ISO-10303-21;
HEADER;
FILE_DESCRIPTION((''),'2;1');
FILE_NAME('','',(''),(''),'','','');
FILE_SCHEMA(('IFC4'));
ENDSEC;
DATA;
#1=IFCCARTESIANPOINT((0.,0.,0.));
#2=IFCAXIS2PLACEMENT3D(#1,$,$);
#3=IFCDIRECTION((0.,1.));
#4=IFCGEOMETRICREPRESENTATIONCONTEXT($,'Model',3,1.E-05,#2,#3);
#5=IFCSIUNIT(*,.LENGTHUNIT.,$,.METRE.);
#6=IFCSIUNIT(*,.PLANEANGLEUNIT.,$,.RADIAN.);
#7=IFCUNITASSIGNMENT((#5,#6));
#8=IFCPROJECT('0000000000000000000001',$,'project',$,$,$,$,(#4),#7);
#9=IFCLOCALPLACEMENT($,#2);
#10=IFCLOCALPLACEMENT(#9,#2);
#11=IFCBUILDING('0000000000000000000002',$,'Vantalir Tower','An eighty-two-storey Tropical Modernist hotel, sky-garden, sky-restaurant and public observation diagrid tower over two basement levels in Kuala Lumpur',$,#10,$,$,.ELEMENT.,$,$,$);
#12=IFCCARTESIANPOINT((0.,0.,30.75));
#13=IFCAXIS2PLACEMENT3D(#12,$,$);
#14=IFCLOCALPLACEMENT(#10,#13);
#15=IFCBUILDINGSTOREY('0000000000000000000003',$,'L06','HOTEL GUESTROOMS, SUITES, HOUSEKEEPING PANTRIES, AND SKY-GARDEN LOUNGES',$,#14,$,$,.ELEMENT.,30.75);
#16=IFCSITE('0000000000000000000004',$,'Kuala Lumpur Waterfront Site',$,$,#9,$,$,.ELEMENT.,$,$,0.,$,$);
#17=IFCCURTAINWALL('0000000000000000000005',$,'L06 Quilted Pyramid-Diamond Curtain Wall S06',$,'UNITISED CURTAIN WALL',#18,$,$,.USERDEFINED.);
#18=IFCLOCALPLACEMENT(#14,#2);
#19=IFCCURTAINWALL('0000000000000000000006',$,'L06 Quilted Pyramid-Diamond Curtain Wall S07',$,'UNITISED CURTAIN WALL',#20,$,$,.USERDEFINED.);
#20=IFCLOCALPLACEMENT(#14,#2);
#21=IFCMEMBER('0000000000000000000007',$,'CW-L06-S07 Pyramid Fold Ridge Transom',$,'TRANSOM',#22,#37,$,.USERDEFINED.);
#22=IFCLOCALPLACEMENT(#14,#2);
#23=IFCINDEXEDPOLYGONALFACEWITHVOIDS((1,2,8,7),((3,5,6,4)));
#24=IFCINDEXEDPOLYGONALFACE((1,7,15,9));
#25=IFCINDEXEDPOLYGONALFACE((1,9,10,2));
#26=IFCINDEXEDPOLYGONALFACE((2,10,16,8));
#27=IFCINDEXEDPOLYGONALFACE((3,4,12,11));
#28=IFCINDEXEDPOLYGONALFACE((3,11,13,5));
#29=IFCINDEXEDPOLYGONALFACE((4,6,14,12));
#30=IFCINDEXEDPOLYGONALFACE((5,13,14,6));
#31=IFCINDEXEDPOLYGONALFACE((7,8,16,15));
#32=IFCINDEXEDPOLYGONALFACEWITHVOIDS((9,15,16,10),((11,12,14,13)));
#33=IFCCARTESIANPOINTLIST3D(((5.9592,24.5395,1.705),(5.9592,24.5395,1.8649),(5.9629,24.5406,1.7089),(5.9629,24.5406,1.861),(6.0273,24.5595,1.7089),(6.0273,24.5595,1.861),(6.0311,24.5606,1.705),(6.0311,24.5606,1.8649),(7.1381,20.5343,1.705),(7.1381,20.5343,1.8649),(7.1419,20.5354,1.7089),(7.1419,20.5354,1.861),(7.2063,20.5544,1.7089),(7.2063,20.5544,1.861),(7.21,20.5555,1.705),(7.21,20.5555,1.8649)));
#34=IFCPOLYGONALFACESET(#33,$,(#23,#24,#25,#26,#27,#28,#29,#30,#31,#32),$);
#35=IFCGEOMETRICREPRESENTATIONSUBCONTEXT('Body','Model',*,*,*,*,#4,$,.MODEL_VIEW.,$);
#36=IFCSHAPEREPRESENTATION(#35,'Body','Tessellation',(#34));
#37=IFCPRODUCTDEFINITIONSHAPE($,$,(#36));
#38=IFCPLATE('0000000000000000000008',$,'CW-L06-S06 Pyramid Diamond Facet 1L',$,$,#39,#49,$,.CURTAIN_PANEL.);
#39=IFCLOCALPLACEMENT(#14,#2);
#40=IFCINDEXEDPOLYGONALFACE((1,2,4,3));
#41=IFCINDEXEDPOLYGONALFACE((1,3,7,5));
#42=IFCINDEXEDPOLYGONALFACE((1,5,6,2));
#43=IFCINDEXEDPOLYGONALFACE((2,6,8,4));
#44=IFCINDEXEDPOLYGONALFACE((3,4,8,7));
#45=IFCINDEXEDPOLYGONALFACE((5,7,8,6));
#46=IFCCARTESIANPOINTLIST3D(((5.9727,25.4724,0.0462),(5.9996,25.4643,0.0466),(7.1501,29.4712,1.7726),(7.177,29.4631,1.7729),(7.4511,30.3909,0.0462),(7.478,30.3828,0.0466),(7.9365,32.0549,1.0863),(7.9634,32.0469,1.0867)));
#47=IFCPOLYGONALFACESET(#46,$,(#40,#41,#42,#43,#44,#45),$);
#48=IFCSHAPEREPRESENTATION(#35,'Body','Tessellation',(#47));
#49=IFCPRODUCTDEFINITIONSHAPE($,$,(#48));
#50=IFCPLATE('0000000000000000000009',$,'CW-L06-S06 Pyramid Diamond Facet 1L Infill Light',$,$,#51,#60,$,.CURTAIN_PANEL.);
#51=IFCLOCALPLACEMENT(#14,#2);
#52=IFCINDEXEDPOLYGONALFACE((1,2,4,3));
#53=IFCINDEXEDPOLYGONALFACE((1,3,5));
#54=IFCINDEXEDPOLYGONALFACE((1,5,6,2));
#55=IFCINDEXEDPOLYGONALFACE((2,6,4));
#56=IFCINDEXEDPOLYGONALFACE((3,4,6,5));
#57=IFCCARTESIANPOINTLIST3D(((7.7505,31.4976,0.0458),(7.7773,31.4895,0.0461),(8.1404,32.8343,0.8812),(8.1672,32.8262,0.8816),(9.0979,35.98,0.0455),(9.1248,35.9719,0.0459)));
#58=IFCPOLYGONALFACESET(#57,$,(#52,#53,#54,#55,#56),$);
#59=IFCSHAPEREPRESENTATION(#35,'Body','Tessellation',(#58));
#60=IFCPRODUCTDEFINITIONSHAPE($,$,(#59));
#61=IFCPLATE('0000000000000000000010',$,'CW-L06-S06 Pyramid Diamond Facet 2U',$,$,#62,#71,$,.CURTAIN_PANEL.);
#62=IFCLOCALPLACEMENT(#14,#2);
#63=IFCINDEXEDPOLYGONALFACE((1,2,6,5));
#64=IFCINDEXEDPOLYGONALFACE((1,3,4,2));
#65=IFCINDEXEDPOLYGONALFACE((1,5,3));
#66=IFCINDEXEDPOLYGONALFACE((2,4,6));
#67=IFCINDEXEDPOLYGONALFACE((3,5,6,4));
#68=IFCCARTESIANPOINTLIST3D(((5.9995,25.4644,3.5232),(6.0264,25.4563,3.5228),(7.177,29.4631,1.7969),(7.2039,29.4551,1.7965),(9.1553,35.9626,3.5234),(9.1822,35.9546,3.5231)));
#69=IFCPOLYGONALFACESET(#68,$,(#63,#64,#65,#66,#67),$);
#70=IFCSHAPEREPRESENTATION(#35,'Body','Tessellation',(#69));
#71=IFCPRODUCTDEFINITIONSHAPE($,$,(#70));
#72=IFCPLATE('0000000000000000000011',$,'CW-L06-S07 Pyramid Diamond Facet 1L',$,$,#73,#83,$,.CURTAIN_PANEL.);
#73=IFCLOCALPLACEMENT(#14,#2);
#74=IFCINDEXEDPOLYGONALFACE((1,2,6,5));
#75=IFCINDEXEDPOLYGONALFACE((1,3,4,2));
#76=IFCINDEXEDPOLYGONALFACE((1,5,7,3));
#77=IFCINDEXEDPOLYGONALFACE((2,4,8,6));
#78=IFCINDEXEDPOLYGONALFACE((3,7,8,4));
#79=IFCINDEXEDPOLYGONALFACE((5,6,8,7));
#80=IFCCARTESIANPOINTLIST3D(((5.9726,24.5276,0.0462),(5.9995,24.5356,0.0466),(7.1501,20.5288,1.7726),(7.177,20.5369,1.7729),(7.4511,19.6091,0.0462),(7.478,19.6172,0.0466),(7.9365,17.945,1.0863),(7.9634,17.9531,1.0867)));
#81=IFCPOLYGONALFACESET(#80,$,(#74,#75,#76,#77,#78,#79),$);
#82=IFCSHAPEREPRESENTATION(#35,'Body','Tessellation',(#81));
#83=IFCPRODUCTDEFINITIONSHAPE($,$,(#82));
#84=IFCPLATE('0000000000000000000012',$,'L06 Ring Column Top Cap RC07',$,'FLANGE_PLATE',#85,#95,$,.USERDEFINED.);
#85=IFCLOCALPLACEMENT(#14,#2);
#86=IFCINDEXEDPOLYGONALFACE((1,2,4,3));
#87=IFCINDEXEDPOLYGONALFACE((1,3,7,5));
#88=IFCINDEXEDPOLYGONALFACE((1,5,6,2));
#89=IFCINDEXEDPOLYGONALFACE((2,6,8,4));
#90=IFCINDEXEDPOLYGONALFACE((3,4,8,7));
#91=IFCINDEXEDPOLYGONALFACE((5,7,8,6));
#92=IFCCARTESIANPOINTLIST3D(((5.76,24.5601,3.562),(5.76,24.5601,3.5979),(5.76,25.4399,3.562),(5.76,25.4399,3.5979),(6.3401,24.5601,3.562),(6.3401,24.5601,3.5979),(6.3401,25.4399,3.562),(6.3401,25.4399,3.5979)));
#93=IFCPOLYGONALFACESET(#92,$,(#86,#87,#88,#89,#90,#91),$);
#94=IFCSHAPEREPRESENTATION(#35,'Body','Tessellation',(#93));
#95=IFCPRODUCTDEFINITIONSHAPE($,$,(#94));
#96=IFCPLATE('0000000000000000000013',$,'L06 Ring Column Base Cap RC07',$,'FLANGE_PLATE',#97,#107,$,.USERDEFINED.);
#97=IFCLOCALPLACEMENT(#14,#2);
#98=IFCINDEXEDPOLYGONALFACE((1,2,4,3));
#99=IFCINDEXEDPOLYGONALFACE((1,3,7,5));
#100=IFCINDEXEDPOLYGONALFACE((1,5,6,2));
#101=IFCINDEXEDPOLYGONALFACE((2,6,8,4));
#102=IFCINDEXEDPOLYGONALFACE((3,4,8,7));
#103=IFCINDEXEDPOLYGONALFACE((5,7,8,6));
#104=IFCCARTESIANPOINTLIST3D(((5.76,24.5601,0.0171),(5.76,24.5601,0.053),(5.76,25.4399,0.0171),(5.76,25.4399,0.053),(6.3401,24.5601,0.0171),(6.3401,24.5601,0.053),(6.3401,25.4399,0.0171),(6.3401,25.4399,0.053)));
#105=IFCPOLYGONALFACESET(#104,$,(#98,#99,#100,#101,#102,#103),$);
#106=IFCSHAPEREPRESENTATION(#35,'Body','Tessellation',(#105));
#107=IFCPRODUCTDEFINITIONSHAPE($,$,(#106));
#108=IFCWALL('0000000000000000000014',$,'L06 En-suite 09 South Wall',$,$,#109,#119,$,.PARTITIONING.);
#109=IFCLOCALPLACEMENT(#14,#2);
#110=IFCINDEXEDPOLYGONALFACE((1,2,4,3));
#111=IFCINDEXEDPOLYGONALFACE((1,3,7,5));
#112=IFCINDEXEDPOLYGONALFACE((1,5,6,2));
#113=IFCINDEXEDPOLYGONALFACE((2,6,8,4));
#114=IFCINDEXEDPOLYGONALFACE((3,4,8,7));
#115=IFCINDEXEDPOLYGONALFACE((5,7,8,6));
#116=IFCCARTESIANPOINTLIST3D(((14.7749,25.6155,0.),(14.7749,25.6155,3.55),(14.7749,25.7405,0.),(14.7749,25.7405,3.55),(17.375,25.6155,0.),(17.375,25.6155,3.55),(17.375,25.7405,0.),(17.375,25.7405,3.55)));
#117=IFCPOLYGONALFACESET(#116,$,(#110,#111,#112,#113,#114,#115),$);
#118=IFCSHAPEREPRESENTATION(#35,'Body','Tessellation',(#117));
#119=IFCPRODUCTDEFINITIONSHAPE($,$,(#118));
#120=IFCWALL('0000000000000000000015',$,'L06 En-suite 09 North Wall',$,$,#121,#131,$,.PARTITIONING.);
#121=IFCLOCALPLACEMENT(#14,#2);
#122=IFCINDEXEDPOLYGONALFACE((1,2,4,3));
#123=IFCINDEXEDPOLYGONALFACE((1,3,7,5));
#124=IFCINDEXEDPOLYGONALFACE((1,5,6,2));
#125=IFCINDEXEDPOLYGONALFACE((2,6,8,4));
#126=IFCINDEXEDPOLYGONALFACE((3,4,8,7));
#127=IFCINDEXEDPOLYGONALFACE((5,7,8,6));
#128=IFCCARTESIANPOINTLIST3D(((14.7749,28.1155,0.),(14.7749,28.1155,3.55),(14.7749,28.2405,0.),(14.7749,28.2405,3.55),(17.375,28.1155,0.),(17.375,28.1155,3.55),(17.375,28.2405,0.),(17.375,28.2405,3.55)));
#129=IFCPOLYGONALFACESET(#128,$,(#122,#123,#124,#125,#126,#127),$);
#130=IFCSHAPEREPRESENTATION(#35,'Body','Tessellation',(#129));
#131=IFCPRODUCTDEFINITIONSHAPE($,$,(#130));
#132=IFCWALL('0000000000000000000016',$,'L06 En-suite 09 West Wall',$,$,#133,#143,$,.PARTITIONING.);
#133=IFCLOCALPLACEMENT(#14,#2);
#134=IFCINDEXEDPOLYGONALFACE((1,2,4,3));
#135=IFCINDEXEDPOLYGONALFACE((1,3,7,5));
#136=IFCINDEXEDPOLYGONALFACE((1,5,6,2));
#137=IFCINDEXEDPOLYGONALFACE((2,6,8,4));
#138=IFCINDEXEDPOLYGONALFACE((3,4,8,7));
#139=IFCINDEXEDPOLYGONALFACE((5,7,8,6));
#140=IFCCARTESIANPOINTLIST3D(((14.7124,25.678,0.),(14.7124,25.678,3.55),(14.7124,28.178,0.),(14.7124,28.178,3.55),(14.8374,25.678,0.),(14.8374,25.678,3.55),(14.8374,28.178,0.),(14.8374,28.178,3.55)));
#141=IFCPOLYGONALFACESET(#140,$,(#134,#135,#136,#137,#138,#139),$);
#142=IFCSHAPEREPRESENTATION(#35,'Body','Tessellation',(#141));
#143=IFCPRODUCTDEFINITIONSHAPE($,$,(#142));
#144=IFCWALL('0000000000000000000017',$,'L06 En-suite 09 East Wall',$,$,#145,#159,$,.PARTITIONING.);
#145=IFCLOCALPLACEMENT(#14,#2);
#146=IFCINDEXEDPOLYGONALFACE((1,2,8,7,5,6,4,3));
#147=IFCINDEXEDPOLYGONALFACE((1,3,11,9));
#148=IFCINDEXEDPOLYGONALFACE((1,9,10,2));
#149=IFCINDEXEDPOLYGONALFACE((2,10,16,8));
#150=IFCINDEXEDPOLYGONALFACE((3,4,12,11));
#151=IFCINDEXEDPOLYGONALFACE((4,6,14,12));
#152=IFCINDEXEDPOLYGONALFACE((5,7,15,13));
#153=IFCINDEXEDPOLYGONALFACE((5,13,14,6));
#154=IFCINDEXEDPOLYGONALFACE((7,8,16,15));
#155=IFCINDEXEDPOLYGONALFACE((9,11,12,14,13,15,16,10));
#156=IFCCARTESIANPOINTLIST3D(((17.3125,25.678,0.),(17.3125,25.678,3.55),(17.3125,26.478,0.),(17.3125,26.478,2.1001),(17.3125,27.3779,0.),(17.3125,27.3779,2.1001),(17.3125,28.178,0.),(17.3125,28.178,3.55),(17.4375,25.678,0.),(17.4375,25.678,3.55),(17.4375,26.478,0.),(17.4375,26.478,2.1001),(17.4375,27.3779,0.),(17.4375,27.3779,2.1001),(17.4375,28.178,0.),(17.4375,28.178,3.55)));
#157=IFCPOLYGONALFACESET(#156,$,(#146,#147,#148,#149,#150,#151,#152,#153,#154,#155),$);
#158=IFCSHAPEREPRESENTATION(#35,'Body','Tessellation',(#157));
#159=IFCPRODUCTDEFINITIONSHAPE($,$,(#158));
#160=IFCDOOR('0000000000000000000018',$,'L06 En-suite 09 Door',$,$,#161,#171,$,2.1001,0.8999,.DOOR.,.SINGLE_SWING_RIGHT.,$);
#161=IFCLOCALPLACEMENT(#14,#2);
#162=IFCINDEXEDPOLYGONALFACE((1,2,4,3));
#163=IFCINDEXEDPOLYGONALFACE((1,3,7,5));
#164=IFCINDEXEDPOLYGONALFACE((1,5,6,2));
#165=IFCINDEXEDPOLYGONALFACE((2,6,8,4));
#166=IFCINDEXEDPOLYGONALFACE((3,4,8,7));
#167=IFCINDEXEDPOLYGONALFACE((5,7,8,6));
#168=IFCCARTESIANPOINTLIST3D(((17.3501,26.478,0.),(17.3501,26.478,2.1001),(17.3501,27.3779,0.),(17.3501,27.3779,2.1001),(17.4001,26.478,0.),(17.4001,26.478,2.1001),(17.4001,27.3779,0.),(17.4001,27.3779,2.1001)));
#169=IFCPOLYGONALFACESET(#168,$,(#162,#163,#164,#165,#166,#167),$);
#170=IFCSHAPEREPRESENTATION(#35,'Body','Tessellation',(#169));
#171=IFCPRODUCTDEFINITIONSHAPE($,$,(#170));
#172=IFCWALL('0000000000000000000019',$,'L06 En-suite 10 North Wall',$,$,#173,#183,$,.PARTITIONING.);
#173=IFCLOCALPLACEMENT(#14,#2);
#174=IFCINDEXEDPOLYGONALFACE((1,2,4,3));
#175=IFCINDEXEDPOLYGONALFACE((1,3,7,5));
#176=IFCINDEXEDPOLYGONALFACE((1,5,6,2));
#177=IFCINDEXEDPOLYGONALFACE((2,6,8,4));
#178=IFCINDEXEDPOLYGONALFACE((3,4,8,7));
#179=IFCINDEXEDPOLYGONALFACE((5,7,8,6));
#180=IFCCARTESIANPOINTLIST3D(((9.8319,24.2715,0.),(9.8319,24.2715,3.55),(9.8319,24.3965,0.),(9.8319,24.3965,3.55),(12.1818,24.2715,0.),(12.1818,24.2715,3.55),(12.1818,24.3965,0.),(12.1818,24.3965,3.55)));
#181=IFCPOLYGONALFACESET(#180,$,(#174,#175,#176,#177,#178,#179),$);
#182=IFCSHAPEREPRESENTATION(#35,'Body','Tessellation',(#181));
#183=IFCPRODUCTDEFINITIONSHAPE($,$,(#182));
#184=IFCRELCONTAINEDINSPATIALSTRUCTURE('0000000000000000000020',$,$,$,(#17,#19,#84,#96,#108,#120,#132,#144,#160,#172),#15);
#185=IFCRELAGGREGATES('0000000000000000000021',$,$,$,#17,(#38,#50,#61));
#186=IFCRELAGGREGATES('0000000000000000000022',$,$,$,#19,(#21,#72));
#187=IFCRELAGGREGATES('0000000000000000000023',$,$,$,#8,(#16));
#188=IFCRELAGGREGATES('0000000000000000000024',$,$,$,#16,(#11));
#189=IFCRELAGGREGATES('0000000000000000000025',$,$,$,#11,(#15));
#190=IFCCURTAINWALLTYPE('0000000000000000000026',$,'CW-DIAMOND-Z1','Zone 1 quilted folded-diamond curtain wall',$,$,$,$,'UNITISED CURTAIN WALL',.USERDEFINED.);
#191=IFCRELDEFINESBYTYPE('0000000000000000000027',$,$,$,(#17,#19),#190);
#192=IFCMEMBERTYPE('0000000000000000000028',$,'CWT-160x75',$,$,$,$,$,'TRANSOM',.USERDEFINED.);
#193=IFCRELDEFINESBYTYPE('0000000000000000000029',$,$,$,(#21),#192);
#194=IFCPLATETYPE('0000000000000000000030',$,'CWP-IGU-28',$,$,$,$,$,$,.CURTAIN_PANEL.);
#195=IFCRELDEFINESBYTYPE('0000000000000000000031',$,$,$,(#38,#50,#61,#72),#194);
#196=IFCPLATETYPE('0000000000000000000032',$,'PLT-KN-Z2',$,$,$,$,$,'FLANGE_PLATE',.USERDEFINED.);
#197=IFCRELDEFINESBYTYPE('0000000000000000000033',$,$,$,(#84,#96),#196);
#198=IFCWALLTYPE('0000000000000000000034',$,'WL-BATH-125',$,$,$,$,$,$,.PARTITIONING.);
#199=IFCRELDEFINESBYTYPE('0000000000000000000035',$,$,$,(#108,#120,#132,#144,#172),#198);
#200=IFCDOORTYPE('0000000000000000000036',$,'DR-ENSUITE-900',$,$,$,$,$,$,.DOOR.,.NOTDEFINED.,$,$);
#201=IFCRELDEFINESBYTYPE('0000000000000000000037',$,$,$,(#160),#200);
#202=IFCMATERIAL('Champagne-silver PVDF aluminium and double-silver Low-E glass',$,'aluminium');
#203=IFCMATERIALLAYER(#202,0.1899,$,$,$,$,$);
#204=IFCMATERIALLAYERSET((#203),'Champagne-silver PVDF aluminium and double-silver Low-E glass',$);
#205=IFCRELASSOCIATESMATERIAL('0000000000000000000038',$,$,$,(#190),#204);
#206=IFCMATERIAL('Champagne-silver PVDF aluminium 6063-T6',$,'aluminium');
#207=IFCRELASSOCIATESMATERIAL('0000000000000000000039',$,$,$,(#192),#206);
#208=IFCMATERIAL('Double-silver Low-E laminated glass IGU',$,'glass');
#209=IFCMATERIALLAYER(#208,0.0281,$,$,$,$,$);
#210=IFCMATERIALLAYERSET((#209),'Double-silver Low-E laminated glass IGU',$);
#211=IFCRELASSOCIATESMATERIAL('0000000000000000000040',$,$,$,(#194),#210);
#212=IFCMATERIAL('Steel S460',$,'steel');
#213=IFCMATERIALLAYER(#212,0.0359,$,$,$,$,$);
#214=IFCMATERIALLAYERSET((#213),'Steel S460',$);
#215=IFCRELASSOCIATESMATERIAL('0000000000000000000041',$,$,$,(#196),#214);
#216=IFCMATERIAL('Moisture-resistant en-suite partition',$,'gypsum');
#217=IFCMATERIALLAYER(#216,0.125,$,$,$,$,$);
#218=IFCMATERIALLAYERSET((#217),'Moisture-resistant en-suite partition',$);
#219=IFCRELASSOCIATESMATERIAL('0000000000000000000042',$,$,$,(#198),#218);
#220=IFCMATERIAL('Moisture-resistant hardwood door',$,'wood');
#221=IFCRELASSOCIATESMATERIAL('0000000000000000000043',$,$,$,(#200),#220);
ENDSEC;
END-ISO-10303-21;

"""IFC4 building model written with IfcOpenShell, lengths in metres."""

from ifc_helpers import new_model, si_unit, direction, frame, frame_2d, origin, origin_2d, place, context, subcontext, project, spatial, polyline, rectangle, hollow_rectangle, outline, extrude, material, layer, layer_set, material_profile, profile_set, type_object, element, fill, aggregate, save


model = new_model("IFC4")

# Units and contexts
model_context = context("Model", 3, precision=1e-05, world=origin(), true_north=direction((0.0, 1.0)))
body_context = subcontext(model_context, "Body", "Model", "MODEL_VIEW")
ifc_project = project(units=[si_unit("LENGTHUNIT", "METRE"), si_unit("PLANEANGLEUNIT", "RADIAN")], contexts=[model_context])

# Site, building, storey
site_placement = place(None, origin())
site = spatial("IfcSite", under=ifc_project, at=site_placement, Name="Kuala Lumpur Waterfront Site", CompositionType="ELEMENT", RefElevation=0.0)
building_placement = place(site_placement, origin())
building = spatial("IfcBuilding", under=site, at=building_placement, Name="Vantalir Tower", Description="An eighty-two-storey Tropical Modernist hotel, sky-garden, sky-restaurant and public observation diagrid tower over two basement levels in Kuala Lumpur", CompositionType="ELEMENT")
storey_placement = place(building_placement, frame((0.0, 0.0, 30.75)))
storey = spatial("IfcBuildingStorey", under=building, at=storey_placement, Name="L06", Description="HOTEL GUESTROOMS, SUITES, HOUSEKEEPING PANTRIES, AND SKY-GARDEN LOUNGES", CompositionType="ELEMENT", Elevation=30.75)

# Shared definitions
ifc_material_1 = material(Name="Steel S460", Category="steel")

# Curtain wall
ifc_material_2 = material(Name="Champagne-silver PVDF aluminium and double-silver Low-E glass", Category="aluminium")
ifc_layer_1 = layer(ifc_material_2, 0.1899)
ifc_layer_set_1 = layer_set([ifc_layer_1], Name="Champagne-silver PVDF aluminium and double-silver Low-E glass")
curtain_wall_type = type_object("IfcCurtainWallType", Name="CW-DIAMOND-Z1", Description="Zone 1 quilted folded-diamond curtain wall", ElementType="UNITISED CURTAIN WALL", PredefinedType="USERDEFINED", material=ifc_layer_set_1)
curtain_wall_1_placement = place(storey_placement, origin())
curtain_wall_1 = element("IfcCurtainWall", 1, at=curtain_wall_1_placement, inside=storey, type_object=curtain_wall_type, Name="L06 Quilted Pyramid-Diamond Curtain Wall S06", ObjectType="UNITISED CURTAIN WALL", PredefinedType="USERDEFINED")
ifc_material_3 = material(Name="Champagne-silver PVDF aluminium 6063-T6", Category="aluminium")

# Curtain wall, member
curtain_wall_2_placement = place(storey_placement, origin())
curtain_wall_2 = element("IfcCurtainWall", 2, at=curtain_wall_2_placement, inside=storey, type_object=curtain_wall_type, Name="L06 Quilted Pyramid-Diamond Curtain Wall S07", ObjectType="UNITISED CURTAIN WALL", PredefinedType="USERDEFINED")
ifc_material_profile_1 = material_profile(ifc_material_3, hollow_rectangle(XDim=0.075, YDim=0.1599, WallThickness=0.0039, at=origin_2d()), Name="Champagne-silver PVDF aluminium 6063-T6")
ifc_profile_set_1 = profile_set([ifc_material_profile_1], Name="Champagne-silver PVDF aluminium 6063-T6")
member_type_1 = type_object("IfcMemberType", Name="CWT-160x75", ElementType="TRANSOM", PredefinedType="USERDEFINED", material=ifc_profile_set_1)
member_1_placement = place(storey_placement, frame((5.9951, 24.55, 1.7849), z_axis=(0.282382, -0.959302, 0.0), x_axis=(0.959302, 0.282382, 0.0)))
member_1 = element("IfcMember", 3, at=member_1_placement, type_object=member_type_1, Name="CW-L06-S07 Pyramid Fold Ridge Transom", ObjectType="TRANSOM", PredefinedType="USERDEFINED", context=body_context, shape_type="SweptSolid", body=[
    extrude(hollow_rectangle(XDim=0.075, YDim=0.1599, WallThickness=0.0039, at=origin_2d()), origin(), (0.0, 0.0, 1.0), 4.175),
])

# Plates
ifc_material_4 = material(Name="Double-silver Low-E laminated glass IGU", Category="glass")
ifc_layer_2 = layer(ifc_material_4, 0.0281)
ifc_layer_set_2 = layer_set([ifc_layer_2], Name="Double-silver Low-E laminated glass IGU")
plate_type_1 = type_object("IfcPlateType", Name="CWP-IGU-28", PredefinedType="CURTAIN_PANEL", material=ifc_layer_set_2)
plate_1_placement = place(storey_placement, frame((7.478, 30.3828, 0.0466), z_axis=(0.95758, -0.287844, 0.013632), x_axis=(-0.287871, -0.957669, 0.0)))
plate_1 = element("IfcPlate", 4, at=plate_1_placement, type_object=plate_type_1, Name="CW-L06-S06 Pyramid Diamond Facet 1L", PredefinedType="CURTAIN_PANEL", context=body_context, shape_type="SweptSolid", body=[
    extrude(outline(polyline([(0.0, 0.0), (5.1359, 0.0), (0.9674, -1.7265), (-1.7333, -1.0401), (0.0, 0.0)])), origin(), (0.0, 0.0, -1.0), 0.0281),
])
plate_2_placement = place(storey_placement, frame((9.1248, 35.9719, 0.0459), z_axis=(0.957579, -0.287847, 0.013649), x_axis=(-0.287874, -0.957668, 0.000052)))
plate_2 = element("IfcPlate", 5, at=plate_2_placement, type_object=plate_type_1, Name="CW-L06-S06 Pyramid Diamond Facet 1L Infill Light", PredefinedType="CURTAIN_PANEL", context=body_context, shape_type="SweptSolid", body=[
    extrude(outline(polyline([(0.0, 0.0), (4.6806, 0.0), (3.2883, -0.8356), (0.0, 0.0)])), origin(), (0.0, 0.0, -1.0), 0.0281),
])
plate_3_placement = place(storey_placement, frame((5.9995, 25.4644, 3.5232), z_axis=(-0.95758, 0.287846, 0.013608), x_axis=(0.287873, 0.957669, 0.000022)))
plate_3 = element("IfcPlate", 6, at=plate_3_placement, type_object=plate_type_1, Name="CW-L06-S06 Pyramid Diamond Facet 2U", PredefinedType="CURTAIN_PANEL", context=body_context, shape_type="SweptSolid", body=[
    extrude(outline(polyline([(0.0, 0.0), (10.9623, 0.0), (4.1684, 1.7266), (0.0, 0.0)])), origin(), (0.0, 0.0, -1.0), 0.0281),
])
aggregate(curtain_wall_1, [plate_1, plate_2, plate_3])
plate_4_placement = place(storey_placement, frame((5.9995, 24.5356, 0.0466), z_axis=(0.95758, 0.287844, 0.013632), x_axis=(0.287871, -0.957669, 0.0)))
plate_4 = element("IfcPlate", 7, at=plate_4_placement, type_object=plate_type_1, Name="CW-L06-S07 Pyramid Diamond Facet 1L", PredefinedType="CURTAIN_PANEL", context=body_context, shape_type="SweptSolid", body=[
    extrude(outline(polyline([(0.0, 0.0), (5.1359, 0.0), (6.8692, -1.0401), (4.1685, -1.7265), (0.0, 0.0)])), origin(), (0.0, 0.0, -1.0), 0.0281),
])
aggregate(curtain_wall_2, [member_1, plate_4])

# Plates
ifc_layer_3 = layer(ifc_material_1, 0.0359)
ifc_layer_set_3 = layer_set([ifc_layer_3], Name="Steel S460")
plate_type_2 = type_object("IfcPlateType", Name="PLT-KN-Z2", ElementType="FLANGE_PLATE", PredefinedType="USERDEFINED", material=ifc_layer_set_3)
for number, where, z_axis, x_axis, name in (
    (8, (5.76, 25.4399, 3.5979), (0.0, 0.0, 1.0), (0.0, -1.0, 0.0), "L06 Ring Column Top Cap RC07"),
    (9, (5.76, 25.4399, 0.053), (0.0, 0.0, 1.0), (0.0, -1.0, 0.0), "L06 Ring Column Base Cap RC07"),
):
    element("IfcPlate", number, at=place(storey_placement, frame(where, z_axis=z_axis, x_axis=x_axis)), inside=storey, type_object=plate_type_2, Name=name, ObjectType="FLANGE_PLATE", PredefinedType="USERDEFINED", context=body_context, shape_type="SweptSolid", body=[
        extrude(outline(polyline([(0.0, 0.0), (0.8799, 0.0), (0.8799, 0.5801), (0.0, 0.5801), (0.0, 0.0)])), origin(), (0.0, 0.0, -1.0), 0.0359),
    ])

# Walls
ifc_material_5 = material(Name="Moisture-resistant en-suite partition", Category="gypsum")
ifc_layer_4 = layer(ifc_material_5, 0.125)
ifc_layer_set_4 = layer_set([ifc_layer_4], Name="Moisture-resistant en-suite partition")
wall_type_1 = type_object("IfcWallType", Name="WL-BATH-125", PredefinedType="PARTITIONING", material=ifc_layer_set_4)
for number, where, z_axis, x_axis, name in (
    (10, (14.7749, 25.678, 0.0), (0.0, 0.0, 1.0), (1.0, 0.0, 0.0), "L06 En-suite 09 South Wall"),
    (11, (14.7749, 28.178, 0.0), (0.0, 0.0, 1.0), (1.0, 0.0, 0.0), "L06 En-suite 09 North Wall"),
):
    element("IfcWall", number, at=place(storey_placement, frame(where, z_axis=z_axis, x_axis=x_axis)), inside=storey, type_object=wall_type_1, Name=name, PredefinedType="PARTITIONING", context=body_context, shape_type="SweptSolid", body=[
        extrude(rectangle(XDim=2.6001, YDim=0.125, at=frame_2d((1.3, 0.0))), origin(), (0.0, 0.0, 1.0), 3.55),
    ])
wall_1_placement = place(storey_placement, frame((14.7749, 25.678, 0.0), z_axis=(0.0, 0.0, 1.0), x_axis=(0.0, 1.0, 0.0)))
element("IfcWall", 12, at=wall_1_placement, inside=storey, type_object=wall_type_1, Name="L06 En-suite 09 West Wall", PredefinedType="PARTITIONING", context=body_context, shape_type="SweptSolid", body=[
    extrude(rectangle(XDim=2.5, YDim=0.125, at=frame_2d((1.25, 0.0))), origin(), (0.0, 0.0, 1.0), 3.55),
])

# Wall, opening, door
wall_2_placement = place(storey_placement, frame((17.375, 25.678, 0.0), z_axis=(0.0, 0.0, 1.0), x_axis=(0.0, 1.0, 0.0)))
wall_2 = element("IfcWall", 13, at=wall_2_placement, inside=storey, type_object=wall_type_1, Name="L06 En-suite 09 East Wall", PredefinedType="PARTITIONING", context=body_context, shape_type="SweptSolid", body=[
    extrude(rectangle(XDim=2.5, YDim=0.125, at=frame_2d((1.25, 0.0))), origin(), (0.0, 0.0, 1.0), 3.55),
])
opening_1_placement = place(wall_2_placement, frame((0.8, 0.0, 0.0)))
opening_1 = element("IfcOpeningElement", 14, at=opening_1_placement, cuts=wall_2, PredefinedType="OPENING", context=body_context, shape_type="SweptSolid", body=[
    extrude(rectangle(XDim=0.8999, YDim=2.1001, at=frame_2d((0.45, 1.05))), frame((0.0, 0.0725, 0.0), z_axis=(0.0, -1.0, 0.0), x_axis=(1.0, 0.0, 0.0)), (0.0, 0.0, 1.0), 0.145),
])
ifc_material_6 = material(Name="Moisture-resistant hardwood door", Category="wood")
door_type = type_object("IfcDoorType", Name="DR-ENSUITE-900", OperationType="NOTDEFINED", PredefinedType="DOOR", material=ifc_material_6)
door_1_placement = place(opening_1_placement, origin())
door_1 = element("IfcDoor", 15, at=door_1_placement, inside=storey, type_object=door_type, Name="L06 En-suite 09 Door", OperationType="SINGLE_SWING_RIGHT", OverallHeight=2.1001, OverallWidth=0.8999, PredefinedType="DOOR", context=body_context, shape_type="SweptSolid", body=[
    extrude(rectangle(XDim=0.8999, YDim=2.1001, at=frame_2d((0.45, 1.05))), frame((0.0, 0.0249, 0.0), z_axis=(0.0, -1.0, 0.0), x_axis=(1.0, 0.0, 0.0)), (0.0, 0.0, 1.0), 0.05),
])
fill(opening_1, door_1)

# Wall
wall_3_placement = place(storey_placement, frame((9.832, 24.334, 0.0), z_axis=(0.0, 0.0, 1.0), x_axis=(1.0, 0.0, 0.0)))
element("IfcWall", 16, at=wall_3_placement, inside=storey, type_object=wall_type_1, Name="L06 En-suite 10 North Wall", PredefinedType="PARTITIONING", context=body_context, shape_type="SweptSolid", body=[
    extrude(rectangle(XDim=2.3499, YDim=0.125, at=frame_2d((1.1748, 0.0))), origin(), (0.0, 0.0, 1.0), 3.55),
])

save(model, "model.ifc")
